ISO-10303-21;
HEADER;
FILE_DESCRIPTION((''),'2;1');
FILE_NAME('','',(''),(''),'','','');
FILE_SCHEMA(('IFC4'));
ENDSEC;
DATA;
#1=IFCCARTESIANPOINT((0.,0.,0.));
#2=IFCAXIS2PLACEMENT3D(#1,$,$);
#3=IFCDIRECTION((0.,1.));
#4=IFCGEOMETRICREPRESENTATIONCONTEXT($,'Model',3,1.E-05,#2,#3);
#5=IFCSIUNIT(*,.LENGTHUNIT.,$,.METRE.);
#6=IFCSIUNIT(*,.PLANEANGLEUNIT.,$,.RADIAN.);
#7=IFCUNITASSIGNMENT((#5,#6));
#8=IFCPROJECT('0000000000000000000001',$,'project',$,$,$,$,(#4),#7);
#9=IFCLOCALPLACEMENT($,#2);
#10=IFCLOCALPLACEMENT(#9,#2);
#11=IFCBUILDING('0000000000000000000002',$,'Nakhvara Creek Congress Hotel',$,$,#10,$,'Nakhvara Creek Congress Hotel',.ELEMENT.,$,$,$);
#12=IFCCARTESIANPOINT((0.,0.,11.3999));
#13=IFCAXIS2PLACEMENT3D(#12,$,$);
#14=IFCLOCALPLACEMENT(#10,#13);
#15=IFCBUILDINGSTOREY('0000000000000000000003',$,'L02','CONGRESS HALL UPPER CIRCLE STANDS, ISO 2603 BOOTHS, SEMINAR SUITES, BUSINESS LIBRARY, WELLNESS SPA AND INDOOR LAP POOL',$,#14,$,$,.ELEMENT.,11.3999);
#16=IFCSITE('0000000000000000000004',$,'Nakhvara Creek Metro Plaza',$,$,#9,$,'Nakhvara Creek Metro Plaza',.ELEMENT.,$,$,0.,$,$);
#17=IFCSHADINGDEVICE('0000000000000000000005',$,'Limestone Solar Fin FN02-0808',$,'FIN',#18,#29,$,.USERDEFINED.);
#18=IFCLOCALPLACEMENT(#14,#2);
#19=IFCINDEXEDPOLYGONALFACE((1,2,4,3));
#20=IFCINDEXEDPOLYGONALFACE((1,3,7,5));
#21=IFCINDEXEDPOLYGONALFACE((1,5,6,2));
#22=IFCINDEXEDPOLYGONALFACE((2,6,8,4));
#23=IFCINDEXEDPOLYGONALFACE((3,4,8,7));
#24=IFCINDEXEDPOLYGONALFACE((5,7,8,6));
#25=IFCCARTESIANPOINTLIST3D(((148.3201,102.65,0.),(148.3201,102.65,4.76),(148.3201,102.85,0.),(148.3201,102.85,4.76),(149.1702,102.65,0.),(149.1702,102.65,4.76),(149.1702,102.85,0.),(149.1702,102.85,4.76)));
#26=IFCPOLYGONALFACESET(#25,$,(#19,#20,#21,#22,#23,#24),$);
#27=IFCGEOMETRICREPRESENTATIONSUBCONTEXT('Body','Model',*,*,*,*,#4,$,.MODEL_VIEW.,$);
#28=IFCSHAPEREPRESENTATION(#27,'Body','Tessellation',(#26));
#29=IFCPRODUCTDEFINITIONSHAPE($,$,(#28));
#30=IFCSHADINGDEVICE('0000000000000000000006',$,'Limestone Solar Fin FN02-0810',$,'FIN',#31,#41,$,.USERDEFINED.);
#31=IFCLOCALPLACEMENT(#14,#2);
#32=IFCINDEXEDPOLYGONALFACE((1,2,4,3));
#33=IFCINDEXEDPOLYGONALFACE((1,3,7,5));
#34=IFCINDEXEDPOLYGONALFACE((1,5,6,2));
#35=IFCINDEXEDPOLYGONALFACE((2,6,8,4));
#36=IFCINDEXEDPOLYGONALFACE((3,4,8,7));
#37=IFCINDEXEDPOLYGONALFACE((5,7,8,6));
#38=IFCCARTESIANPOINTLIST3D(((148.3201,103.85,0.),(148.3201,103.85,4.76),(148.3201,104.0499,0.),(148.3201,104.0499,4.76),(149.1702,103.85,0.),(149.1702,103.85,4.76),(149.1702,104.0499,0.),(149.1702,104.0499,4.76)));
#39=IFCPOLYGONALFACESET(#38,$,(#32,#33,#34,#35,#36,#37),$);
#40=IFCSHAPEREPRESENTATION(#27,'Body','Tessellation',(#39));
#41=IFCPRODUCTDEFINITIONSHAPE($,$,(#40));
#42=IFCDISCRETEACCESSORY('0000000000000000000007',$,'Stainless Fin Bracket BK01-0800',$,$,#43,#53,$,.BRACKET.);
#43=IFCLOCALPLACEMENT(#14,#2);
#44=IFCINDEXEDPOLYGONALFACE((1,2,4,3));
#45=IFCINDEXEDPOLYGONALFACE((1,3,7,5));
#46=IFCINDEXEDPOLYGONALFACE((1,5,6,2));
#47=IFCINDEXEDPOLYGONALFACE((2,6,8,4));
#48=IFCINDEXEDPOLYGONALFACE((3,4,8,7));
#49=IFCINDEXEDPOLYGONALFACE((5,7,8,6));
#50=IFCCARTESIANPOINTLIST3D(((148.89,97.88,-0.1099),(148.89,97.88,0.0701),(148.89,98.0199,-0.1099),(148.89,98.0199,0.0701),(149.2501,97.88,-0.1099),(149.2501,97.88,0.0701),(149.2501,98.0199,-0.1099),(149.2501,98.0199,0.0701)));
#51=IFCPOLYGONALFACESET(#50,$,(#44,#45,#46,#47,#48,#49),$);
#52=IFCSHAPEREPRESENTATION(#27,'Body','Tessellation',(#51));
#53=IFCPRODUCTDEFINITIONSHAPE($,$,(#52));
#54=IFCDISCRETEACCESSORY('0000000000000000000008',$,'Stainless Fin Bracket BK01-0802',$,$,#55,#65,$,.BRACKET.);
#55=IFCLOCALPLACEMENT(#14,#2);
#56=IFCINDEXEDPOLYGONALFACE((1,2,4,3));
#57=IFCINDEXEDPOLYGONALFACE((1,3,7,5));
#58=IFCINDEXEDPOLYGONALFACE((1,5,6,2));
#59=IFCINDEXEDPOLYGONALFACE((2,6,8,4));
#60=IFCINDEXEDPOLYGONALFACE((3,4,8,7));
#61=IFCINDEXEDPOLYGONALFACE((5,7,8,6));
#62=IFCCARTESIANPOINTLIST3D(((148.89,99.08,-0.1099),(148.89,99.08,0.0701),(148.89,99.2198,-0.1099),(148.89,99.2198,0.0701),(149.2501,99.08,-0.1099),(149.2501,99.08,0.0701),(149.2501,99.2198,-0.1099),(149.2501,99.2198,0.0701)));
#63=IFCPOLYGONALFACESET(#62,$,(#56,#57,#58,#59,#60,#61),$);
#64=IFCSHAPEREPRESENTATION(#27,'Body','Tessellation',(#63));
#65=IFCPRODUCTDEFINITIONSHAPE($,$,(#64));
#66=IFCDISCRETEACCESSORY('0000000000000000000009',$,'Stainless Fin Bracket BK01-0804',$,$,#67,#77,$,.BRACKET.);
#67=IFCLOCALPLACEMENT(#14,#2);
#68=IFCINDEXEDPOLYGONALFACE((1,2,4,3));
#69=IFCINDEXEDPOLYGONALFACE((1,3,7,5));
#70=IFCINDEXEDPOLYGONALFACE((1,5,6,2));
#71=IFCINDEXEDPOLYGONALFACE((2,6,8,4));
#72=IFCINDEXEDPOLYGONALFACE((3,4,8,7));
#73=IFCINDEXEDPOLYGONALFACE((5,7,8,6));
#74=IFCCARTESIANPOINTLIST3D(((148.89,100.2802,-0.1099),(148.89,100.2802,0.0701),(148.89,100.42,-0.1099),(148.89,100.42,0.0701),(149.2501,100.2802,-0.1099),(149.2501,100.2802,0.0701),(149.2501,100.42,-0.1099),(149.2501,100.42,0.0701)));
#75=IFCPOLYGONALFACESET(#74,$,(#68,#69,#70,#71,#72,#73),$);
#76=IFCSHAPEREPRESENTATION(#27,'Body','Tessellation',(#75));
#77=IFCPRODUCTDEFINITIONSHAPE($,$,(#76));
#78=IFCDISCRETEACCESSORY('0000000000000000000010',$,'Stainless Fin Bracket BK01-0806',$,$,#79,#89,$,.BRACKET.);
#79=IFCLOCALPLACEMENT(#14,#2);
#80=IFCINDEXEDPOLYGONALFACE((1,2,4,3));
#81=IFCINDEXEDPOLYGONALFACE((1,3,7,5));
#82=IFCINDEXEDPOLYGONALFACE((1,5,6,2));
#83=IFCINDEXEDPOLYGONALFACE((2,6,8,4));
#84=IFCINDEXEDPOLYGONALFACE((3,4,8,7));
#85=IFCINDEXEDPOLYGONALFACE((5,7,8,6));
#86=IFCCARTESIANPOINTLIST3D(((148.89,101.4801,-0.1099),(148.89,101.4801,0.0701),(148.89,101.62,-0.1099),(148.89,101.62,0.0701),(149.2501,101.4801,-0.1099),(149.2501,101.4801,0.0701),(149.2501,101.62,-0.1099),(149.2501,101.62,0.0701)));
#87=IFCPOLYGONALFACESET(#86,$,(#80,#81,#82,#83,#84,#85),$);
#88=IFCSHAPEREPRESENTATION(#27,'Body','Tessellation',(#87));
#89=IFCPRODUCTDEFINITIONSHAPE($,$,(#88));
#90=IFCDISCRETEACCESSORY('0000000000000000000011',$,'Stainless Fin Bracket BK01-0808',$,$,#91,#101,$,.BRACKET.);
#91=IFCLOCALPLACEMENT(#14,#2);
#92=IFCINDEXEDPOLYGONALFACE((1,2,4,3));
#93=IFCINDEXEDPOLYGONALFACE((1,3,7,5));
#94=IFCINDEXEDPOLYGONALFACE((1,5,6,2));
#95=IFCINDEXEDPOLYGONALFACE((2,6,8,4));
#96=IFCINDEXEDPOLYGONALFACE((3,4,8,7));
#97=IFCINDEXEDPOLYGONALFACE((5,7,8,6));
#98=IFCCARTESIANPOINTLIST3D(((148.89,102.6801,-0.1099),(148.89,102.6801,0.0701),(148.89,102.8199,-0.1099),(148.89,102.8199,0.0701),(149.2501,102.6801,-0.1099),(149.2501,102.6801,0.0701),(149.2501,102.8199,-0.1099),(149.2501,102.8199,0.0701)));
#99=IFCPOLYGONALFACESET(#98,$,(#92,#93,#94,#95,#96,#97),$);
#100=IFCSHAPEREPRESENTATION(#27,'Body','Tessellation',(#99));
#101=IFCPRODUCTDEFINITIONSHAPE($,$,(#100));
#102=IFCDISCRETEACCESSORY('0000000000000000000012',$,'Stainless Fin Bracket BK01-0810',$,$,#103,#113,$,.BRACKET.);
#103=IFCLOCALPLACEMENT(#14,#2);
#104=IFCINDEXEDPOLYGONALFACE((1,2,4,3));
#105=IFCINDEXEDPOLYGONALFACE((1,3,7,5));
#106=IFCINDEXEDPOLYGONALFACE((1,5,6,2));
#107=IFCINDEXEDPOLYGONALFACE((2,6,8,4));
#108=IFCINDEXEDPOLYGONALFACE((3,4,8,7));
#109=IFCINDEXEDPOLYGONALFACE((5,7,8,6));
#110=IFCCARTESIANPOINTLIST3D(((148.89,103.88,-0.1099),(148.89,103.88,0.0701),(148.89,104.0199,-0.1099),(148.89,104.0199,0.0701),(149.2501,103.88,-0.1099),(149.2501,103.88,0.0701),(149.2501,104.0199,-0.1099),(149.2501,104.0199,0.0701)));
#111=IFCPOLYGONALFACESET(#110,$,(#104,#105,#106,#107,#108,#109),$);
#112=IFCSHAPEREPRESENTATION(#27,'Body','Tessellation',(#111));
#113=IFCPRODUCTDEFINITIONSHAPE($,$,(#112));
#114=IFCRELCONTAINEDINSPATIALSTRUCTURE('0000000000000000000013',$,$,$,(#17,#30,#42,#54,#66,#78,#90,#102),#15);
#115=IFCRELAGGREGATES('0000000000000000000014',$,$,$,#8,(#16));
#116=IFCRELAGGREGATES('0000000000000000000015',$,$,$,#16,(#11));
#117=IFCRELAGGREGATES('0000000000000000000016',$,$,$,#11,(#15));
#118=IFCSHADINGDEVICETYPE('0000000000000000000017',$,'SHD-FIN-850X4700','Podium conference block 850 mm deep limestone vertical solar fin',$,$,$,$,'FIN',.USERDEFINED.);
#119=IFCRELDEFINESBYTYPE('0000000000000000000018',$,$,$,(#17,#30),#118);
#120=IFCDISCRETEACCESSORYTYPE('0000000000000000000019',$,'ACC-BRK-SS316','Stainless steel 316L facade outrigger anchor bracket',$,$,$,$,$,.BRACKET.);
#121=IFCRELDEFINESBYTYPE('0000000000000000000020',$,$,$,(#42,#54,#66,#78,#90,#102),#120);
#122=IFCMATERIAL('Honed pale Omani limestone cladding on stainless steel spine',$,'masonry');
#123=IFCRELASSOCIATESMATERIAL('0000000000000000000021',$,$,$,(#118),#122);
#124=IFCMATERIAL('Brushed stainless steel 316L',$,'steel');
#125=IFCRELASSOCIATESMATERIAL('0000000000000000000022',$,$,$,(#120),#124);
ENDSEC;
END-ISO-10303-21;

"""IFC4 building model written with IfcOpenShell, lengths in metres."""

from ifc_helpers import new_model, si_unit, direction, frame, origin, origin_2d, place, context, subcontext, project, spatial, rectangle, extrude, material, type_object, element, save


model = new_model("IFC4")

# Units and contexts
model_context = context("Model", 3, precision=1e-05, world=origin(), true_north=direction((0.0, 1.0)))
body_context = subcontext(model_context, "Body", "Model", "MODEL_VIEW")
ifc_project = project(units=[si_unit("LENGTHUNIT", "METRE"), si_unit("PLANEANGLEUNIT", "RADIAN")], contexts=[model_context])

# Site, building, storey
site_placement = place(None, origin())
site = spatial("IfcSite", under=ifc_project, at=site_placement, Name="Nakhvara Creek Metro Plaza", LongName="Nakhvara Creek Metro Plaza", CompositionType="ELEMENT", RefElevation=0.0)
building_placement = place(site_placement, origin())
building = spatial("IfcBuilding", under=site, at=building_placement, Name="Nakhvara Creek Congress Hotel", LongName="Nakhvara Creek Congress Hotel", CompositionType="ELEMENT")
storey_placement = place(building_placement, frame((0.0, 0.0, 11.3999)))
storey = spatial("IfcBuildingStorey", under=building, at=storey_placement, Name="L02", Description="CONGRESS HALL UPPER CIRCLE STANDS, ISO 2603 BOOTHS, SEMINAR SUITES, BUSINESS LIBRARY, WELLNESS SPA AND INDOOR LAP POOL", CompositionType="ELEMENT", Elevation=11.3999)

# Shading devices
ifc_material_1 = material(Name="Honed pale Omani limestone cladding on stainless steel spine", Category="masonry")
shading_device_type = type_object("IfcShadingDeviceType", Name="SHD-FIN-850X4700", Description="Podium conference block 850 mm deep limestone vertical solar fin", ElementType="FIN", PredefinedType="USERDEFINED", material=ifc_material_1)
for number, where, z_axis, x_axis, name in (
    (1, (148.7451, 102.75, 0.0), (0.0, 0.0, 1.0), (0.0, 1.0, 0.0), "Limestone Solar Fin FN02-0808"),
    (2, (148.7451, 103.95, 0.0), (0.0, 0.0, 1.0), (0.0, 1.0, 0.0), "Limestone Solar Fin FN02-0810"),
):
    element("IfcShadingDevice", number, at=place(storey_placement, frame(where, z_axis=z_axis, x_axis=x_axis)), inside=storey, type_object=shading_device_type, Name=name, ObjectType="FIN", PredefinedType="USERDEFINED", context=body_context, shape_type="SweptSolid", body=[
        extrude(rectangle(XDim=0.2, YDim=0.8501, at=origin_2d()), origin(), (0.0, 0.0, 1.0), 4.76),
    ])

# Discrete accessories
ifc_material_2 = material(Name="Brushed stainless steel 316L", Category="steel")
discrete_accessory_type = type_object("IfcDiscreteAccessoryType", Name="ACC-BRK-SS316", Description="Stainless steel 316L facade outrigger anchor bracket", PredefinedType="BRACKET", material=ifc_material_2)
for number, where, z_axis, x_axis, name in (
    (3, (149.0701, 97.95, -0.1099), (0.0, 0.0, 1.0), (0.0, 1.0, 0.0), "Stainless Fin Bracket BK01-0800"),
    (4, (149.0701, 99.1499, -0.1099), (0.0, 0.0, 1.0), (0.0, 1.0, 0.0), "Stainless Fin Bracket BK01-0802"),
    (5, (149.0701, 100.3501, -0.1099), (0.0, 0.0, 1.0), (0.0, 1.0, 0.0), "Stainless Fin Bracket BK01-0804"),
    (6, (149.0701, 101.55, -0.1099), (0.0, 0.0, 1.0), (0.0, 1.0, 0.0), "Stainless Fin Bracket BK01-0806"),
    (7, (149.0701, 102.75, -0.1099), (0.0, 0.0, 1.0), (0.0, 1.0, 0.0), "Stainless Fin Bracket BK01-0808"),
    (8, (149.0701, 103.95, -0.1099), (0.0, 0.0, 1.0), (0.0, 1.0, 0.0), "Stainless Fin Bracket BK01-0810"),
):
    element("IfcDiscreteAccessory", number, at=place(storey_placement, frame(where, z_axis=z_axis, x_axis=x_axis)), inside=storey, type_object=discrete_accessory_type, Name=name, PredefinedType="BRACKET", context=body_context, shape_type="SweptSolid", body=[
        extrude(rectangle(XDim=0.1399, YDim=0.3601, at=origin_2d()), origin(), (0.0, 0.0, 1.0), 0.1799),
    ])

save(model, "model.ifc")
